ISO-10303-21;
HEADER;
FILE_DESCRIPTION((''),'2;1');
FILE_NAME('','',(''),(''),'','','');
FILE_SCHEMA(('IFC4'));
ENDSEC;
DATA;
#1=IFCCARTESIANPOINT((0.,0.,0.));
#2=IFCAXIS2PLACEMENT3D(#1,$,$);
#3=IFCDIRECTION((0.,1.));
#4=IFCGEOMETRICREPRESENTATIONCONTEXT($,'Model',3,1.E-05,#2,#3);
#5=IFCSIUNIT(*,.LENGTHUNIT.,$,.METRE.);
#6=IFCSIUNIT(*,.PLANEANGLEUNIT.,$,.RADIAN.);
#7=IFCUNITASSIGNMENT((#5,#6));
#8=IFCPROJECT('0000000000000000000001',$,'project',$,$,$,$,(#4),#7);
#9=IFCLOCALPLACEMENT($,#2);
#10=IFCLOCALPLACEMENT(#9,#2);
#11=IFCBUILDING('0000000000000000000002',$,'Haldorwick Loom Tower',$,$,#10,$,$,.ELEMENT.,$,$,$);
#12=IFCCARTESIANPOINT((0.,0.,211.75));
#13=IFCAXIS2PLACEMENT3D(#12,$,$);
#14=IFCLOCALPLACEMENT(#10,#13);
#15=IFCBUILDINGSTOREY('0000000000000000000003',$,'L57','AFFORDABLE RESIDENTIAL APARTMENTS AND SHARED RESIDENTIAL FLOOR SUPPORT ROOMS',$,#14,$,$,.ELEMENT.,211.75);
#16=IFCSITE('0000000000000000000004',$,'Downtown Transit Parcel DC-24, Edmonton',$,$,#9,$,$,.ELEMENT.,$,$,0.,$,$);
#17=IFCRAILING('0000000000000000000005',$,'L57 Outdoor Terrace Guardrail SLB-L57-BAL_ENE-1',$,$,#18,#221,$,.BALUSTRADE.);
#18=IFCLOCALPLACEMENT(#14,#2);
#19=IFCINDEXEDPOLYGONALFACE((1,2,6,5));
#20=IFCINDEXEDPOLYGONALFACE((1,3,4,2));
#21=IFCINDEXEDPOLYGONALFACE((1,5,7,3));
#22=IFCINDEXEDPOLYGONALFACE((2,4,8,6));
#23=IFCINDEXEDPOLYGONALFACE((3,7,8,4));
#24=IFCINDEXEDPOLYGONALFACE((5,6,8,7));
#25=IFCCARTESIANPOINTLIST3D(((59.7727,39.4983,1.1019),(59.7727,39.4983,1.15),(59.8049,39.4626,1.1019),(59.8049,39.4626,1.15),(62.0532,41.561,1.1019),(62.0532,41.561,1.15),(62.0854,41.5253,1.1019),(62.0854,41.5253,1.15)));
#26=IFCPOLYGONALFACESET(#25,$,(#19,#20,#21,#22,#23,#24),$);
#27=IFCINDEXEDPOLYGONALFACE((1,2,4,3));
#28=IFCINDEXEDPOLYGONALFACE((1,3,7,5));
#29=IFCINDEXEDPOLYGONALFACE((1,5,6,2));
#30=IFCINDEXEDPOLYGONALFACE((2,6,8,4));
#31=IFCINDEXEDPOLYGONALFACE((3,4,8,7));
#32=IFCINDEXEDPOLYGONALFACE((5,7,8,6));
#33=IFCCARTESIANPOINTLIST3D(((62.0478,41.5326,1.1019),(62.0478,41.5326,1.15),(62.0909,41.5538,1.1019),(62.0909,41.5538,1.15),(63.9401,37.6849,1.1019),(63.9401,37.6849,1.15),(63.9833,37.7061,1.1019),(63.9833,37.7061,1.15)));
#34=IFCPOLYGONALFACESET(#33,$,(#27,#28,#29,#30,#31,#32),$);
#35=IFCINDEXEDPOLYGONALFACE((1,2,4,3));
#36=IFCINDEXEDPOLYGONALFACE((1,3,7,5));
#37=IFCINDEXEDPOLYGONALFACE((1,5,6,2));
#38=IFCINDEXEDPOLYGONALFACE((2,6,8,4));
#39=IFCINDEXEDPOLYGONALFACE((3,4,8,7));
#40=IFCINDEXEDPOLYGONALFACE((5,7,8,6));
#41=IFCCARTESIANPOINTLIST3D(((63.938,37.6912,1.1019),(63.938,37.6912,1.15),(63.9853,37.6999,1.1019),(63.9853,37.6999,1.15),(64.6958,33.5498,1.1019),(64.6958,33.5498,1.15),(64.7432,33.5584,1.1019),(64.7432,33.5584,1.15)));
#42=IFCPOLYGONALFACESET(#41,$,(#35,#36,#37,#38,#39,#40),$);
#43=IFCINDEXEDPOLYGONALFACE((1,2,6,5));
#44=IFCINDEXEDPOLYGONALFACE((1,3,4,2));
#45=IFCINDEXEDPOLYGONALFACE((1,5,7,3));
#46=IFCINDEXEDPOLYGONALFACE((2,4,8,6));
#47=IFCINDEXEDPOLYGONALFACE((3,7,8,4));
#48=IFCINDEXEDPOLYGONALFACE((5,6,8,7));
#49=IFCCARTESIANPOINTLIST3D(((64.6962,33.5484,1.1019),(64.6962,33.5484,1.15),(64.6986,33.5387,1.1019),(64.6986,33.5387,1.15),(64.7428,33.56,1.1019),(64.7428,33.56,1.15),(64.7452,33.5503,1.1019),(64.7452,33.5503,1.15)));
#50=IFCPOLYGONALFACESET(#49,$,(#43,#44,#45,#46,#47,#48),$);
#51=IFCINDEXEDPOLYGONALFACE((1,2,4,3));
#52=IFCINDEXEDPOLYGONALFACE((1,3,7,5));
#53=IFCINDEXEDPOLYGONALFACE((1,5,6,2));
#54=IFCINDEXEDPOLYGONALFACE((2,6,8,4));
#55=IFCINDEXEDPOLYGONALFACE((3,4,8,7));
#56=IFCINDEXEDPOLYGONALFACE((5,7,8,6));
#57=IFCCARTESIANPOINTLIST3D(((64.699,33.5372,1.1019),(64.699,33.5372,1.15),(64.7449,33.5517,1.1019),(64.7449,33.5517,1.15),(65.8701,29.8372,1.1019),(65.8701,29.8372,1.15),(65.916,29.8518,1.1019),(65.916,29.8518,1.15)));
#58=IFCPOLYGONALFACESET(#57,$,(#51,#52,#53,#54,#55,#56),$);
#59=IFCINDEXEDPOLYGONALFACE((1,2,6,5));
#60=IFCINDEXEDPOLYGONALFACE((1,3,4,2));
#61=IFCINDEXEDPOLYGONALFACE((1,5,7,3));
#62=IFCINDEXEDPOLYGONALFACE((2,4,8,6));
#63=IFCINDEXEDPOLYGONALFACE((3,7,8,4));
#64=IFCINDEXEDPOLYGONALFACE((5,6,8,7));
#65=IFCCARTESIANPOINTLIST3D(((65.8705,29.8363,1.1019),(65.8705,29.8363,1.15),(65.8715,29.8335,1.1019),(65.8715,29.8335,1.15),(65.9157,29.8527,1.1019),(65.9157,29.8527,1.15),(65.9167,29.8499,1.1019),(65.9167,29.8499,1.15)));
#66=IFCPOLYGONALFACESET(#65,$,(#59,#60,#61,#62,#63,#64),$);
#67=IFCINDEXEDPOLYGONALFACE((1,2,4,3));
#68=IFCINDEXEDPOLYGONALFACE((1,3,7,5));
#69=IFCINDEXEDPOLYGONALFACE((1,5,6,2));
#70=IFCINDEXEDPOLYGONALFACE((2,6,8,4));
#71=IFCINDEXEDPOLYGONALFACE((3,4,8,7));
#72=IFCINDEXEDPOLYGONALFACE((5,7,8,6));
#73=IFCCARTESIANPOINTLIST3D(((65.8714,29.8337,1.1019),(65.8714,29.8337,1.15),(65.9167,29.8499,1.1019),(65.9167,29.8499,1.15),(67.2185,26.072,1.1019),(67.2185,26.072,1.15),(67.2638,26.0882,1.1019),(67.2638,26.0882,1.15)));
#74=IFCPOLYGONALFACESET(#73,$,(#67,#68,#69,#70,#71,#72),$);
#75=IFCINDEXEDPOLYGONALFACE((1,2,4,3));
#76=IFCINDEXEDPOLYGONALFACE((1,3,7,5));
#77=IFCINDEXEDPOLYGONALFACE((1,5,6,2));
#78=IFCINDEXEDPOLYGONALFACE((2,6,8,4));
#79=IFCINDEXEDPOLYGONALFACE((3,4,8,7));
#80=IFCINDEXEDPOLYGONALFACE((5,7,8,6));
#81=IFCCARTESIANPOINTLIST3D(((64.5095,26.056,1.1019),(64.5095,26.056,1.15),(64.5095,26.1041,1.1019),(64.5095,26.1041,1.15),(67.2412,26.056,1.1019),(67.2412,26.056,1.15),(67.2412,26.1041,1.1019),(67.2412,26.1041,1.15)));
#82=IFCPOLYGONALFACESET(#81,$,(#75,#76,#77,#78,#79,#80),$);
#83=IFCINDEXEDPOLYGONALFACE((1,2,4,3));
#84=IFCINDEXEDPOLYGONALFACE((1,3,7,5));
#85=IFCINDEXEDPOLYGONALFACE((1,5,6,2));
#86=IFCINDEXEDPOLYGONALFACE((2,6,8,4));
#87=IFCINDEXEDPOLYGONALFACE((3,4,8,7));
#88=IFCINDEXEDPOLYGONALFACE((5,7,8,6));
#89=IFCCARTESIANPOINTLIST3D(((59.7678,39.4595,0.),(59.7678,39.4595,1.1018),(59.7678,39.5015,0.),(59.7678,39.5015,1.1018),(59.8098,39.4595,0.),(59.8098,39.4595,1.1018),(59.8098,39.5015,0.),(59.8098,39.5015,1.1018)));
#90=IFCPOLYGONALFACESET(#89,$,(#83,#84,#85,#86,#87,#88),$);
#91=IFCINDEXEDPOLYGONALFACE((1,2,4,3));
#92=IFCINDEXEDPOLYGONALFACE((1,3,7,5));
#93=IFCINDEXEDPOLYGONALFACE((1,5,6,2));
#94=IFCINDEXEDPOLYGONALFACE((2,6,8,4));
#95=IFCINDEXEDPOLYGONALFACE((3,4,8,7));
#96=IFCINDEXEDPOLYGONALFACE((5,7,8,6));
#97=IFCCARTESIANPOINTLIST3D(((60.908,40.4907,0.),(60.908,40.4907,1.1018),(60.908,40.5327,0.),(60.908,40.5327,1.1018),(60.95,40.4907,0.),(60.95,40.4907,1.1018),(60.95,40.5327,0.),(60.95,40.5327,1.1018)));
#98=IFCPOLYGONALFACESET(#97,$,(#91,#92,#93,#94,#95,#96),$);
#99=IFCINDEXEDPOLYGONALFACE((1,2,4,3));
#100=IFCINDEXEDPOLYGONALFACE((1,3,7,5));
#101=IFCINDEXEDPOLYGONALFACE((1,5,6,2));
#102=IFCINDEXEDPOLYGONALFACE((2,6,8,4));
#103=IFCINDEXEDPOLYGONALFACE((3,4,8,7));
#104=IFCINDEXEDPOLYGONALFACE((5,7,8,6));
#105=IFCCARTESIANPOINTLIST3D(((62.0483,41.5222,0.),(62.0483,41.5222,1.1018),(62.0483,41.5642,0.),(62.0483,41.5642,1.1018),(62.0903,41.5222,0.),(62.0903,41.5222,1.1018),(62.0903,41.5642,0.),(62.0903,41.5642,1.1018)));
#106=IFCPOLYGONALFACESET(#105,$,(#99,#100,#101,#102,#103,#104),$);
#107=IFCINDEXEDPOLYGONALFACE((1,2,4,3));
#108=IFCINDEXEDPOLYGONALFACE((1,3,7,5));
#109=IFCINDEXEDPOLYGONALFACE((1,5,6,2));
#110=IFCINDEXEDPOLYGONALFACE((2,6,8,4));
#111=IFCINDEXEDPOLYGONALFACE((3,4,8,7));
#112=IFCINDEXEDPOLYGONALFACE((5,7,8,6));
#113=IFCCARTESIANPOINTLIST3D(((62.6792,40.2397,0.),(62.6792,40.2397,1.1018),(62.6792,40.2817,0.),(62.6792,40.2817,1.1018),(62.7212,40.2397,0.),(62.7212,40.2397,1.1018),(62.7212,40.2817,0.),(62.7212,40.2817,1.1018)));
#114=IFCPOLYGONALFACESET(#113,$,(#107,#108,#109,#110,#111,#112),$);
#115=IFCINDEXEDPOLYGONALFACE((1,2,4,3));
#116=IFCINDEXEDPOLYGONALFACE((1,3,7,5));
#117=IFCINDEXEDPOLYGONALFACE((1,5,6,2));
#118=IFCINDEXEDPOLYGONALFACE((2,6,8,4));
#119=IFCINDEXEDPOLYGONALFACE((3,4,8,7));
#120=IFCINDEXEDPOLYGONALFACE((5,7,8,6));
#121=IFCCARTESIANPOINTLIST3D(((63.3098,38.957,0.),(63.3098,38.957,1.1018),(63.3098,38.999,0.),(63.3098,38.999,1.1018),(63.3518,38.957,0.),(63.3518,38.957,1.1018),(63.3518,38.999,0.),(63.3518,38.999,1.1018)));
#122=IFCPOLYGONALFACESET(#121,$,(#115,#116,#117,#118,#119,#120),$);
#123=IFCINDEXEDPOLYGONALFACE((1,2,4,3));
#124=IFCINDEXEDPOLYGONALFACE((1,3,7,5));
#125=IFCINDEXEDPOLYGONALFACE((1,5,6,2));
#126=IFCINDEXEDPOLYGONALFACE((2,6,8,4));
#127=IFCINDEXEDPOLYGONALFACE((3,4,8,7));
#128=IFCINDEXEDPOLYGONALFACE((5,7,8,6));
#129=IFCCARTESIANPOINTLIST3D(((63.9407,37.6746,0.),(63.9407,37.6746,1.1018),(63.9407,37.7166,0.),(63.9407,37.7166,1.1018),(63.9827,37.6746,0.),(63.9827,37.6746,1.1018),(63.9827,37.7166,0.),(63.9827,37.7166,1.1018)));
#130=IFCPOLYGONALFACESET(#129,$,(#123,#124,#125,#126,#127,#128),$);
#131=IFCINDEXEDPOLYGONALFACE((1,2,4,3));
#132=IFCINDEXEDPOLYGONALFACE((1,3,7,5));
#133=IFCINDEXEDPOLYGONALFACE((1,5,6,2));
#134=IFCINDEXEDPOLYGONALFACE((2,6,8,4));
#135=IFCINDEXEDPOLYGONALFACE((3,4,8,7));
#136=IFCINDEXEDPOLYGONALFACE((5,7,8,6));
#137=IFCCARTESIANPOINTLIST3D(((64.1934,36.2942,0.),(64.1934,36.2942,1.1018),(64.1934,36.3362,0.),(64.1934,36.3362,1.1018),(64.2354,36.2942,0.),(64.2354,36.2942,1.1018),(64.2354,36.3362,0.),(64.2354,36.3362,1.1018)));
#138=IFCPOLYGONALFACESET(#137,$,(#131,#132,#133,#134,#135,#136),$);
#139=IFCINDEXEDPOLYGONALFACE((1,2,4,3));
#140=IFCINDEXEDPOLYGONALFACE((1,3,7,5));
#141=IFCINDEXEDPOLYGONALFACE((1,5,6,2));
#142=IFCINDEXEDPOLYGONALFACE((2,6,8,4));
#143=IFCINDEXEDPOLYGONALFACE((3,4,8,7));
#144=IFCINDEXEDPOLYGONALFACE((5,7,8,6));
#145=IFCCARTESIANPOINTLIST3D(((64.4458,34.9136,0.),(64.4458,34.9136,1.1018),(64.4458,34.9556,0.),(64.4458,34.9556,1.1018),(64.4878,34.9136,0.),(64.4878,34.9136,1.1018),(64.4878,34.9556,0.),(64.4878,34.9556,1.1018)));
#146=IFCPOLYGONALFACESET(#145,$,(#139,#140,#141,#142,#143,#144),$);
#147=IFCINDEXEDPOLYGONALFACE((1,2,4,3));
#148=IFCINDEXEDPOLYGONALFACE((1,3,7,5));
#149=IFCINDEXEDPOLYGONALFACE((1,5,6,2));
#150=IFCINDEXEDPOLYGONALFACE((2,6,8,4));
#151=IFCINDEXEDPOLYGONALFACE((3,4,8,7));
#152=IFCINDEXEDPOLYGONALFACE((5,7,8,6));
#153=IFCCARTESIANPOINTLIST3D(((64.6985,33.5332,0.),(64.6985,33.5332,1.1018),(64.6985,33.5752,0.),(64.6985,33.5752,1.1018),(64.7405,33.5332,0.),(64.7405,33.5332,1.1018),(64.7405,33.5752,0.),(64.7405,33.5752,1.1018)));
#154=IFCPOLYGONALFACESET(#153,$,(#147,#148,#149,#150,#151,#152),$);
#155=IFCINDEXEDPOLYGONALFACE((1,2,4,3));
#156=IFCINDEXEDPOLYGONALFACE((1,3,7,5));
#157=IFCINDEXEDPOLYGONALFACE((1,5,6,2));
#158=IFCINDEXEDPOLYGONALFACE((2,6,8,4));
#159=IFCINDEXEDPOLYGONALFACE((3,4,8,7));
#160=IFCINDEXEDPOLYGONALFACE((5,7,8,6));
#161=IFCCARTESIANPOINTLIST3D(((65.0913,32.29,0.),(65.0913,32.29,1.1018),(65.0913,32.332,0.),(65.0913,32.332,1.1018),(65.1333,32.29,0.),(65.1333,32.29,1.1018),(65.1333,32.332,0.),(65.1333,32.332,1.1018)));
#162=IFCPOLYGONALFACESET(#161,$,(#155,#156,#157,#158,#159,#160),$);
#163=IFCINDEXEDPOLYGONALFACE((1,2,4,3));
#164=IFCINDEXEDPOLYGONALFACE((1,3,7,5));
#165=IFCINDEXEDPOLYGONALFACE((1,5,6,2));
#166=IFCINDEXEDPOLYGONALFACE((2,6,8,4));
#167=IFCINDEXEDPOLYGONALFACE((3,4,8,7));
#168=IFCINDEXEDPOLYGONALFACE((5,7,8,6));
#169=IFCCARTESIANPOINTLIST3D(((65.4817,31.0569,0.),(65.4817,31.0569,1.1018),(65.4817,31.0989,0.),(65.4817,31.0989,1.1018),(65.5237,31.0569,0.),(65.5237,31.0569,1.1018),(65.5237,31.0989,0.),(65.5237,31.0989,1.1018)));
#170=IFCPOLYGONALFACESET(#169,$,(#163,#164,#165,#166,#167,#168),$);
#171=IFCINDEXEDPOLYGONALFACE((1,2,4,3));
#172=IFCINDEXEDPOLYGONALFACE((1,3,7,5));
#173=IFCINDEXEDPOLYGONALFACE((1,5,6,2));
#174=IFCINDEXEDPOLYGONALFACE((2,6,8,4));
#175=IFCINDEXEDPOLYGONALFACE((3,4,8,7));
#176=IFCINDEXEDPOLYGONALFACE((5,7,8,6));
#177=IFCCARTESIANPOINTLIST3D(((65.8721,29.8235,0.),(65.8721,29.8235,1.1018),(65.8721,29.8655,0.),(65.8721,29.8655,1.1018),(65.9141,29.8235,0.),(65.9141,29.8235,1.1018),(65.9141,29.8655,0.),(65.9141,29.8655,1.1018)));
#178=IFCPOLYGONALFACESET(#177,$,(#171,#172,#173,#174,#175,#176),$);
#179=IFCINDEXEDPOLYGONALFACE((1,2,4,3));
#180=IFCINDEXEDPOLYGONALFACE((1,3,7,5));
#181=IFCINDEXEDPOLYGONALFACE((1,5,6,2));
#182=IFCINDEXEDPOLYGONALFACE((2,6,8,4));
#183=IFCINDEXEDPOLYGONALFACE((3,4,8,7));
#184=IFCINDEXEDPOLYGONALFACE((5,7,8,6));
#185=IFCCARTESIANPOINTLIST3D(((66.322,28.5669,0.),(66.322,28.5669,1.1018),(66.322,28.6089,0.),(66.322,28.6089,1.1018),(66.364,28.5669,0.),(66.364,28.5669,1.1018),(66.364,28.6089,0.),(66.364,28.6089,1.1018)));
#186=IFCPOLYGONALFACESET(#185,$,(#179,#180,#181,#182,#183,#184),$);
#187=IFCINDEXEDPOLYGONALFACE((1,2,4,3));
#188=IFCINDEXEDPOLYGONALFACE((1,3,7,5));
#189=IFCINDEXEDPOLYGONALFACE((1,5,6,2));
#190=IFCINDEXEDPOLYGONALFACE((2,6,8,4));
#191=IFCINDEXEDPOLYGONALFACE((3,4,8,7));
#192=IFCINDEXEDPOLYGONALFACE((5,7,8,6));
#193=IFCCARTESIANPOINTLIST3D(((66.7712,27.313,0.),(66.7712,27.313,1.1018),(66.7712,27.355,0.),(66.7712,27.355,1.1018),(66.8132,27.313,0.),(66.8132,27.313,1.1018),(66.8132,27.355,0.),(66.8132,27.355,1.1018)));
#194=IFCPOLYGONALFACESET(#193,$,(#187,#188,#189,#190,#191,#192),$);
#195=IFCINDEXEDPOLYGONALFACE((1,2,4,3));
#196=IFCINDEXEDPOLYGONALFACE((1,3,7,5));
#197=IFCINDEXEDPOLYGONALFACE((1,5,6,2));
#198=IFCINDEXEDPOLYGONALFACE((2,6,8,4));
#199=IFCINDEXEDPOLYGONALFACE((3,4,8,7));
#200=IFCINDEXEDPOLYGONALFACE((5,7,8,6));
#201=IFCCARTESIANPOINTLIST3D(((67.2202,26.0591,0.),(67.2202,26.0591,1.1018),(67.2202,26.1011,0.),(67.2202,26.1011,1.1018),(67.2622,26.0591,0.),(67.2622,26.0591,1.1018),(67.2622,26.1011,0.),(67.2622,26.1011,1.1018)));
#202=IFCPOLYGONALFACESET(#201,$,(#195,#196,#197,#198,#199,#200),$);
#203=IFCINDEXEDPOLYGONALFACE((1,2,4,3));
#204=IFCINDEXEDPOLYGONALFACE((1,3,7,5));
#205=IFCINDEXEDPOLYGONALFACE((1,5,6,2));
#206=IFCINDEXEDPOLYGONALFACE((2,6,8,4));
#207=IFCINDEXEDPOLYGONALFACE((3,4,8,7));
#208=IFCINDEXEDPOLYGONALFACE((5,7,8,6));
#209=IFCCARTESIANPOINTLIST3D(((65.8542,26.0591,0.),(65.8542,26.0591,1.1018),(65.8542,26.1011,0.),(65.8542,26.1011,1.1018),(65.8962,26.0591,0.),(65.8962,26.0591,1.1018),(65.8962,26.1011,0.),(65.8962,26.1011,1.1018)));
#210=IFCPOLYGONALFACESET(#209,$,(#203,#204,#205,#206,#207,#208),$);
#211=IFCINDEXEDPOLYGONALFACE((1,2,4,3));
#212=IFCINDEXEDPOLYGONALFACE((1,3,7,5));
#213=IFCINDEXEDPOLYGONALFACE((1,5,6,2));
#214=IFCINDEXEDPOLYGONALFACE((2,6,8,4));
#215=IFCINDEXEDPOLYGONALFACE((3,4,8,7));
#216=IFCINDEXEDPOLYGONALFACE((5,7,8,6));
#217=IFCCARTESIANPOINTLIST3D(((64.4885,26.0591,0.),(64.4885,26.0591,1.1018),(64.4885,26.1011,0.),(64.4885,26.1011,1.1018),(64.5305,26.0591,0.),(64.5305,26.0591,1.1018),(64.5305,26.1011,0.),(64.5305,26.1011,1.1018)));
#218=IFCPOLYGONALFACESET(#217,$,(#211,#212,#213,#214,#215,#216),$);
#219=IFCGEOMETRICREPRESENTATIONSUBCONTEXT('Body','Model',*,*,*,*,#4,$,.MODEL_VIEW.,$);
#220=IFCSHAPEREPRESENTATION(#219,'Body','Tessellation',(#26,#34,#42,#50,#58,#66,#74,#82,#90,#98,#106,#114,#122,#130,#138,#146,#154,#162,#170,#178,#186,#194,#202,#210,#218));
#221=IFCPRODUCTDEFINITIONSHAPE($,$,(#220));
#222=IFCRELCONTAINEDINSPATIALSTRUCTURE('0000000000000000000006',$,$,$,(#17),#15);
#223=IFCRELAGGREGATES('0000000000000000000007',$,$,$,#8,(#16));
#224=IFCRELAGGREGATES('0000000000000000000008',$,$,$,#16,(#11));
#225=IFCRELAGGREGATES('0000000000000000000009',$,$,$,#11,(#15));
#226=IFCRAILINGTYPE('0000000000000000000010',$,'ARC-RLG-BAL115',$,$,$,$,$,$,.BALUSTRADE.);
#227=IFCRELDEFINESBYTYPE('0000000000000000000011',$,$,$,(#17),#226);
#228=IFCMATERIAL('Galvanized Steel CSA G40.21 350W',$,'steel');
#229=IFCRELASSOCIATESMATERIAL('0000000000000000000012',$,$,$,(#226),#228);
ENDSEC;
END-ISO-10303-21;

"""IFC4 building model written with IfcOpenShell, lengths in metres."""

from ifc_helpers import new_model, si_unit, direction, frame, origin, origin_2d, place, context, subcontext, project, spatial, rectangle, extrude, material, type_object, element, save


model = new_model("IFC4")

# Units and contexts
model_context = context("Model", 3, precision=1e-05, world=origin(), true_north=direction((0.0, 1.0)))
body_context = subcontext(model_context, "Body", "Model", "MODEL_VIEW")
ifc_project = project(units=[si_unit("LENGTHUNIT", "METRE"), si_unit("PLANEANGLEUNIT", "RADIAN")], contexts=[model_context])

# Site, building, storey
site_placement = place(None, origin())
site = spatial("IfcSite", under=ifc_project, at=site_placement, Name="Downtown Transit Parcel DC-24, Edmonton", CompositionType="ELEMENT", RefElevation=0.0)
building_placement = place(site_placement, origin())
building = spatial("IfcBuilding", under=site, at=building_placement, Name="Haldorwick Loom Tower", CompositionType="ELEMENT")
storey_placement = place(building_placement, frame((0.0, 0.0, 211.75)))
storey = spatial("IfcBuildingStorey", under=building, at=storey_placement, Name="L57", Description="AFFORDABLE RESIDENTIAL APARTMENTS AND SHARED RESIDENTIAL FLOOR SUPPORT ROOMS", CompositionType="ELEMENT", Elevation=211.75)

# Railing
ifc_material_1 = material(Name="Galvanized Steel CSA G40.21 350W", Category="steel")
railing_type_1 = type_object("IfcRailingType", Name="ARC-RLG-BAL115", PredefinedType="BALUSTRADE", material=ifc_material_1)
railing_1_placement = place(storey_placement, frame((59.7888, 39.4805, 0.0)))
element("IfcRailing", 1, at=railing_1_placement, inside=storey, type_object=railing_type_1, Name="L57 Outdoor Terrace Guardrail SLB-L57-BAL_ENE-1", PredefinedType="BALUSTRADE", context=body_context, shape_type="SweptSolid", body=[
    extrude(rectangle(XDim=0.0481, YDim=0.0481, at=origin_2d()), frame((0.0, 0.0, 1.126), z_axis=(0.74163, 0.670809, 0.0), x_axis=(-0.670809, 0.74163, 0.0)), (0.0, 0.0, 1.0), 3.075),
    extrude(rectangle(XDim=0.0481, YDim=0.0481, at=origin_2d()), frame((2.2805, 2.0627, 1.126), z_axis=(0.441328, -0.897346, 0.0), x_axis=(0.897346, 0.441328, 0.0)), (0.0, 0.0, 1.0), 4.2878),
    extrude(rectangle(XDim=0.0481, YDim=0.0481, at=origin_2d()), frame((4.1729, -1.7849, 1.126), z_axis=(0.179998, -0.983667, 0.0), x_axis=(0.983667, 0.179998, 0.0)), (0.0, 0.0, 1.0), 4.2102),
    extrude(rectangle(XDim=0.0481, YDim=0.0481, at=origin_2d()), frame((4.9307, -5.9263, 1.126), z_axis=(0.242536, -0.970143, 0.0), x_axis=(0.970143, 0.242536, 0.0)), (0.0, 0.0, 1.0), 0.01),
    extrude(rectangle(XDim=0.0481, YDim=0.0481, at=origin_2d()), frame((4.9331, -5.936, 1.126), z_axis=(0.301773, -0.95338, 0.0), x_axis=(0.95338, 0.301773, 0.0)), (0.0, 0.0, 1.0), 3.8809),
    extrude(rectangle(XDim=0.0481, YDim=0.0481, at=origin_2d()), frame((6.1042, -9.636, 1.126), z_axis=(0.341743, -0.939793, 0.0), x_axis=(0.939793, 0.341743, 0.0)), (0.0, 0.0, 1.0), 0.0029),
    extrude(rectangle(XDim=0.0481, YDim=0.0481, at=origin_2d()), frame((6.1052, -9.6387, 1.126), z_axis=(0.337157, -0.941448, 0.0), x_axis=(0.941448, 0.337157, 0.0)), (0.0, 0.0, 1.0), 3.9956),
    extrude(rectangle(XDim=0.0481, YDim=0.0481, at=origin_2d()), frame((7.4524, -13.4004, 1.126), z_axis=(-1.0, 0.0, 0.0), x_axis=(0.0, -1.0, 0.0)), (0.0, 0.0, 1.0), 2.7317),
    extrude(rectangle(XDim=0.042, YDim=0.042, at=origin_2d()), origin(), (0.0, 0.0, 1.0), 1.1018),
    extrude(rectangle(XDim=0.042, YDim=0.042, at=origin_2d()), frame((1.1401, 1.0312, 0.0)), (0.0, 0.0, 1.0), 1.1018),
    extrude(rectangle(XDim=0.042, YDim=0.042, at=origin_2d()), frame((2.2805, 2.0627, 0.0)), (0.0, 0.0, 1.0), 1.1018),
    extrude(rectangle(XDim=0.042, YDim=0.042, at=origin_2d()), frame((2.9114, 0.7803, 0.0)), (0.0, 0.0, 1.0), 1.1018),
    extrude(rectangle(XDim=0.042, YDim=0.042, at=origin_2d()), frame((3.542, -0.5024, 0.0)), (0.0, 0.0, 1.0), 1.1018),
    extrude(rectangle(XDim=0.042, YDim=0.042, at=origin_2d()), frame((4.1729, -1.7849, 0.0)), (0.0, 0.0, 1.0), 1.1018),
    extrude(rectangle(XDim=0.042, YDim=0.042, at=origin_2d()), frame((4.4255, -3.1653, 0.0)), (0.0, 0.0, 1.0), 1.1018),
    extrude(rectangle(XDim=0.042, YDim=0.042, at=origin_2d()), frame((4.678, -4.5459, 0.0)), (0.0, 0.0, 1.0), 1.1018),
    extrude(rectangle(XDim=0.042, YDim=0.042, at=origin_2d()), frame((4.9307, -5.9263, 0.0)), (0.0, 0.0, 1.0), 1.1018),
    extrude(rectangle(XDim=0.042, YDim=0.042, at=origin_2d()), frame((5.3235, -7.1694, 0.0)), (0.0, 0.0, 1.0), 1.1018),
    extrude(rectangle(XDim=0.042, YDim=0.042, at=origin_2d()), frame((5.7139, -8.4026, 0.0)), (0.0, 0.0, 1.0), 1.1018),
    extrude(rectangle(XDim=0.042, YDim=0.042, at=origin_2d()), frame((6.1042, -9.636, 0.0)), (0.0, 0.0, 1.0), 1.1018),
    extrude(rectangle(XDim=0.042, YDim=0.042, at=origin_2d()), frame((6.5542, -10.8926, 0.0)), (0.0, 0.0, 1.0), 1.1018),
    extrude(rectangle(XDim=0.042, YDim=0.042, at=origin_2d()), frame((7.0034, -12.1465, 0.0)), (0.0, 0.0, 1.0), 1.1018),
    extrude(rectangle(XDim=0.042, YDim=0.042, at=origin_2d()), frame((7.4524, -13.4004, 0.0)), (0.0, 0.0, 1.0), 1.1018),
    extrude(rectangle(XDim=0.042, YDim=0.042, at=origin_2d()), frame((6.0864, -13.4004, 0.0)), (0.0, 0.0, 1.0), 1.1018),
    extrude(rectangle(XDim=0.042, YDim=0.042, at=origin_2d()), frame((4.7207, -13.4004, 0.0)), (0.0, 0.0, 1.0), 1.1018),
])

save(model, "model.ifc")
